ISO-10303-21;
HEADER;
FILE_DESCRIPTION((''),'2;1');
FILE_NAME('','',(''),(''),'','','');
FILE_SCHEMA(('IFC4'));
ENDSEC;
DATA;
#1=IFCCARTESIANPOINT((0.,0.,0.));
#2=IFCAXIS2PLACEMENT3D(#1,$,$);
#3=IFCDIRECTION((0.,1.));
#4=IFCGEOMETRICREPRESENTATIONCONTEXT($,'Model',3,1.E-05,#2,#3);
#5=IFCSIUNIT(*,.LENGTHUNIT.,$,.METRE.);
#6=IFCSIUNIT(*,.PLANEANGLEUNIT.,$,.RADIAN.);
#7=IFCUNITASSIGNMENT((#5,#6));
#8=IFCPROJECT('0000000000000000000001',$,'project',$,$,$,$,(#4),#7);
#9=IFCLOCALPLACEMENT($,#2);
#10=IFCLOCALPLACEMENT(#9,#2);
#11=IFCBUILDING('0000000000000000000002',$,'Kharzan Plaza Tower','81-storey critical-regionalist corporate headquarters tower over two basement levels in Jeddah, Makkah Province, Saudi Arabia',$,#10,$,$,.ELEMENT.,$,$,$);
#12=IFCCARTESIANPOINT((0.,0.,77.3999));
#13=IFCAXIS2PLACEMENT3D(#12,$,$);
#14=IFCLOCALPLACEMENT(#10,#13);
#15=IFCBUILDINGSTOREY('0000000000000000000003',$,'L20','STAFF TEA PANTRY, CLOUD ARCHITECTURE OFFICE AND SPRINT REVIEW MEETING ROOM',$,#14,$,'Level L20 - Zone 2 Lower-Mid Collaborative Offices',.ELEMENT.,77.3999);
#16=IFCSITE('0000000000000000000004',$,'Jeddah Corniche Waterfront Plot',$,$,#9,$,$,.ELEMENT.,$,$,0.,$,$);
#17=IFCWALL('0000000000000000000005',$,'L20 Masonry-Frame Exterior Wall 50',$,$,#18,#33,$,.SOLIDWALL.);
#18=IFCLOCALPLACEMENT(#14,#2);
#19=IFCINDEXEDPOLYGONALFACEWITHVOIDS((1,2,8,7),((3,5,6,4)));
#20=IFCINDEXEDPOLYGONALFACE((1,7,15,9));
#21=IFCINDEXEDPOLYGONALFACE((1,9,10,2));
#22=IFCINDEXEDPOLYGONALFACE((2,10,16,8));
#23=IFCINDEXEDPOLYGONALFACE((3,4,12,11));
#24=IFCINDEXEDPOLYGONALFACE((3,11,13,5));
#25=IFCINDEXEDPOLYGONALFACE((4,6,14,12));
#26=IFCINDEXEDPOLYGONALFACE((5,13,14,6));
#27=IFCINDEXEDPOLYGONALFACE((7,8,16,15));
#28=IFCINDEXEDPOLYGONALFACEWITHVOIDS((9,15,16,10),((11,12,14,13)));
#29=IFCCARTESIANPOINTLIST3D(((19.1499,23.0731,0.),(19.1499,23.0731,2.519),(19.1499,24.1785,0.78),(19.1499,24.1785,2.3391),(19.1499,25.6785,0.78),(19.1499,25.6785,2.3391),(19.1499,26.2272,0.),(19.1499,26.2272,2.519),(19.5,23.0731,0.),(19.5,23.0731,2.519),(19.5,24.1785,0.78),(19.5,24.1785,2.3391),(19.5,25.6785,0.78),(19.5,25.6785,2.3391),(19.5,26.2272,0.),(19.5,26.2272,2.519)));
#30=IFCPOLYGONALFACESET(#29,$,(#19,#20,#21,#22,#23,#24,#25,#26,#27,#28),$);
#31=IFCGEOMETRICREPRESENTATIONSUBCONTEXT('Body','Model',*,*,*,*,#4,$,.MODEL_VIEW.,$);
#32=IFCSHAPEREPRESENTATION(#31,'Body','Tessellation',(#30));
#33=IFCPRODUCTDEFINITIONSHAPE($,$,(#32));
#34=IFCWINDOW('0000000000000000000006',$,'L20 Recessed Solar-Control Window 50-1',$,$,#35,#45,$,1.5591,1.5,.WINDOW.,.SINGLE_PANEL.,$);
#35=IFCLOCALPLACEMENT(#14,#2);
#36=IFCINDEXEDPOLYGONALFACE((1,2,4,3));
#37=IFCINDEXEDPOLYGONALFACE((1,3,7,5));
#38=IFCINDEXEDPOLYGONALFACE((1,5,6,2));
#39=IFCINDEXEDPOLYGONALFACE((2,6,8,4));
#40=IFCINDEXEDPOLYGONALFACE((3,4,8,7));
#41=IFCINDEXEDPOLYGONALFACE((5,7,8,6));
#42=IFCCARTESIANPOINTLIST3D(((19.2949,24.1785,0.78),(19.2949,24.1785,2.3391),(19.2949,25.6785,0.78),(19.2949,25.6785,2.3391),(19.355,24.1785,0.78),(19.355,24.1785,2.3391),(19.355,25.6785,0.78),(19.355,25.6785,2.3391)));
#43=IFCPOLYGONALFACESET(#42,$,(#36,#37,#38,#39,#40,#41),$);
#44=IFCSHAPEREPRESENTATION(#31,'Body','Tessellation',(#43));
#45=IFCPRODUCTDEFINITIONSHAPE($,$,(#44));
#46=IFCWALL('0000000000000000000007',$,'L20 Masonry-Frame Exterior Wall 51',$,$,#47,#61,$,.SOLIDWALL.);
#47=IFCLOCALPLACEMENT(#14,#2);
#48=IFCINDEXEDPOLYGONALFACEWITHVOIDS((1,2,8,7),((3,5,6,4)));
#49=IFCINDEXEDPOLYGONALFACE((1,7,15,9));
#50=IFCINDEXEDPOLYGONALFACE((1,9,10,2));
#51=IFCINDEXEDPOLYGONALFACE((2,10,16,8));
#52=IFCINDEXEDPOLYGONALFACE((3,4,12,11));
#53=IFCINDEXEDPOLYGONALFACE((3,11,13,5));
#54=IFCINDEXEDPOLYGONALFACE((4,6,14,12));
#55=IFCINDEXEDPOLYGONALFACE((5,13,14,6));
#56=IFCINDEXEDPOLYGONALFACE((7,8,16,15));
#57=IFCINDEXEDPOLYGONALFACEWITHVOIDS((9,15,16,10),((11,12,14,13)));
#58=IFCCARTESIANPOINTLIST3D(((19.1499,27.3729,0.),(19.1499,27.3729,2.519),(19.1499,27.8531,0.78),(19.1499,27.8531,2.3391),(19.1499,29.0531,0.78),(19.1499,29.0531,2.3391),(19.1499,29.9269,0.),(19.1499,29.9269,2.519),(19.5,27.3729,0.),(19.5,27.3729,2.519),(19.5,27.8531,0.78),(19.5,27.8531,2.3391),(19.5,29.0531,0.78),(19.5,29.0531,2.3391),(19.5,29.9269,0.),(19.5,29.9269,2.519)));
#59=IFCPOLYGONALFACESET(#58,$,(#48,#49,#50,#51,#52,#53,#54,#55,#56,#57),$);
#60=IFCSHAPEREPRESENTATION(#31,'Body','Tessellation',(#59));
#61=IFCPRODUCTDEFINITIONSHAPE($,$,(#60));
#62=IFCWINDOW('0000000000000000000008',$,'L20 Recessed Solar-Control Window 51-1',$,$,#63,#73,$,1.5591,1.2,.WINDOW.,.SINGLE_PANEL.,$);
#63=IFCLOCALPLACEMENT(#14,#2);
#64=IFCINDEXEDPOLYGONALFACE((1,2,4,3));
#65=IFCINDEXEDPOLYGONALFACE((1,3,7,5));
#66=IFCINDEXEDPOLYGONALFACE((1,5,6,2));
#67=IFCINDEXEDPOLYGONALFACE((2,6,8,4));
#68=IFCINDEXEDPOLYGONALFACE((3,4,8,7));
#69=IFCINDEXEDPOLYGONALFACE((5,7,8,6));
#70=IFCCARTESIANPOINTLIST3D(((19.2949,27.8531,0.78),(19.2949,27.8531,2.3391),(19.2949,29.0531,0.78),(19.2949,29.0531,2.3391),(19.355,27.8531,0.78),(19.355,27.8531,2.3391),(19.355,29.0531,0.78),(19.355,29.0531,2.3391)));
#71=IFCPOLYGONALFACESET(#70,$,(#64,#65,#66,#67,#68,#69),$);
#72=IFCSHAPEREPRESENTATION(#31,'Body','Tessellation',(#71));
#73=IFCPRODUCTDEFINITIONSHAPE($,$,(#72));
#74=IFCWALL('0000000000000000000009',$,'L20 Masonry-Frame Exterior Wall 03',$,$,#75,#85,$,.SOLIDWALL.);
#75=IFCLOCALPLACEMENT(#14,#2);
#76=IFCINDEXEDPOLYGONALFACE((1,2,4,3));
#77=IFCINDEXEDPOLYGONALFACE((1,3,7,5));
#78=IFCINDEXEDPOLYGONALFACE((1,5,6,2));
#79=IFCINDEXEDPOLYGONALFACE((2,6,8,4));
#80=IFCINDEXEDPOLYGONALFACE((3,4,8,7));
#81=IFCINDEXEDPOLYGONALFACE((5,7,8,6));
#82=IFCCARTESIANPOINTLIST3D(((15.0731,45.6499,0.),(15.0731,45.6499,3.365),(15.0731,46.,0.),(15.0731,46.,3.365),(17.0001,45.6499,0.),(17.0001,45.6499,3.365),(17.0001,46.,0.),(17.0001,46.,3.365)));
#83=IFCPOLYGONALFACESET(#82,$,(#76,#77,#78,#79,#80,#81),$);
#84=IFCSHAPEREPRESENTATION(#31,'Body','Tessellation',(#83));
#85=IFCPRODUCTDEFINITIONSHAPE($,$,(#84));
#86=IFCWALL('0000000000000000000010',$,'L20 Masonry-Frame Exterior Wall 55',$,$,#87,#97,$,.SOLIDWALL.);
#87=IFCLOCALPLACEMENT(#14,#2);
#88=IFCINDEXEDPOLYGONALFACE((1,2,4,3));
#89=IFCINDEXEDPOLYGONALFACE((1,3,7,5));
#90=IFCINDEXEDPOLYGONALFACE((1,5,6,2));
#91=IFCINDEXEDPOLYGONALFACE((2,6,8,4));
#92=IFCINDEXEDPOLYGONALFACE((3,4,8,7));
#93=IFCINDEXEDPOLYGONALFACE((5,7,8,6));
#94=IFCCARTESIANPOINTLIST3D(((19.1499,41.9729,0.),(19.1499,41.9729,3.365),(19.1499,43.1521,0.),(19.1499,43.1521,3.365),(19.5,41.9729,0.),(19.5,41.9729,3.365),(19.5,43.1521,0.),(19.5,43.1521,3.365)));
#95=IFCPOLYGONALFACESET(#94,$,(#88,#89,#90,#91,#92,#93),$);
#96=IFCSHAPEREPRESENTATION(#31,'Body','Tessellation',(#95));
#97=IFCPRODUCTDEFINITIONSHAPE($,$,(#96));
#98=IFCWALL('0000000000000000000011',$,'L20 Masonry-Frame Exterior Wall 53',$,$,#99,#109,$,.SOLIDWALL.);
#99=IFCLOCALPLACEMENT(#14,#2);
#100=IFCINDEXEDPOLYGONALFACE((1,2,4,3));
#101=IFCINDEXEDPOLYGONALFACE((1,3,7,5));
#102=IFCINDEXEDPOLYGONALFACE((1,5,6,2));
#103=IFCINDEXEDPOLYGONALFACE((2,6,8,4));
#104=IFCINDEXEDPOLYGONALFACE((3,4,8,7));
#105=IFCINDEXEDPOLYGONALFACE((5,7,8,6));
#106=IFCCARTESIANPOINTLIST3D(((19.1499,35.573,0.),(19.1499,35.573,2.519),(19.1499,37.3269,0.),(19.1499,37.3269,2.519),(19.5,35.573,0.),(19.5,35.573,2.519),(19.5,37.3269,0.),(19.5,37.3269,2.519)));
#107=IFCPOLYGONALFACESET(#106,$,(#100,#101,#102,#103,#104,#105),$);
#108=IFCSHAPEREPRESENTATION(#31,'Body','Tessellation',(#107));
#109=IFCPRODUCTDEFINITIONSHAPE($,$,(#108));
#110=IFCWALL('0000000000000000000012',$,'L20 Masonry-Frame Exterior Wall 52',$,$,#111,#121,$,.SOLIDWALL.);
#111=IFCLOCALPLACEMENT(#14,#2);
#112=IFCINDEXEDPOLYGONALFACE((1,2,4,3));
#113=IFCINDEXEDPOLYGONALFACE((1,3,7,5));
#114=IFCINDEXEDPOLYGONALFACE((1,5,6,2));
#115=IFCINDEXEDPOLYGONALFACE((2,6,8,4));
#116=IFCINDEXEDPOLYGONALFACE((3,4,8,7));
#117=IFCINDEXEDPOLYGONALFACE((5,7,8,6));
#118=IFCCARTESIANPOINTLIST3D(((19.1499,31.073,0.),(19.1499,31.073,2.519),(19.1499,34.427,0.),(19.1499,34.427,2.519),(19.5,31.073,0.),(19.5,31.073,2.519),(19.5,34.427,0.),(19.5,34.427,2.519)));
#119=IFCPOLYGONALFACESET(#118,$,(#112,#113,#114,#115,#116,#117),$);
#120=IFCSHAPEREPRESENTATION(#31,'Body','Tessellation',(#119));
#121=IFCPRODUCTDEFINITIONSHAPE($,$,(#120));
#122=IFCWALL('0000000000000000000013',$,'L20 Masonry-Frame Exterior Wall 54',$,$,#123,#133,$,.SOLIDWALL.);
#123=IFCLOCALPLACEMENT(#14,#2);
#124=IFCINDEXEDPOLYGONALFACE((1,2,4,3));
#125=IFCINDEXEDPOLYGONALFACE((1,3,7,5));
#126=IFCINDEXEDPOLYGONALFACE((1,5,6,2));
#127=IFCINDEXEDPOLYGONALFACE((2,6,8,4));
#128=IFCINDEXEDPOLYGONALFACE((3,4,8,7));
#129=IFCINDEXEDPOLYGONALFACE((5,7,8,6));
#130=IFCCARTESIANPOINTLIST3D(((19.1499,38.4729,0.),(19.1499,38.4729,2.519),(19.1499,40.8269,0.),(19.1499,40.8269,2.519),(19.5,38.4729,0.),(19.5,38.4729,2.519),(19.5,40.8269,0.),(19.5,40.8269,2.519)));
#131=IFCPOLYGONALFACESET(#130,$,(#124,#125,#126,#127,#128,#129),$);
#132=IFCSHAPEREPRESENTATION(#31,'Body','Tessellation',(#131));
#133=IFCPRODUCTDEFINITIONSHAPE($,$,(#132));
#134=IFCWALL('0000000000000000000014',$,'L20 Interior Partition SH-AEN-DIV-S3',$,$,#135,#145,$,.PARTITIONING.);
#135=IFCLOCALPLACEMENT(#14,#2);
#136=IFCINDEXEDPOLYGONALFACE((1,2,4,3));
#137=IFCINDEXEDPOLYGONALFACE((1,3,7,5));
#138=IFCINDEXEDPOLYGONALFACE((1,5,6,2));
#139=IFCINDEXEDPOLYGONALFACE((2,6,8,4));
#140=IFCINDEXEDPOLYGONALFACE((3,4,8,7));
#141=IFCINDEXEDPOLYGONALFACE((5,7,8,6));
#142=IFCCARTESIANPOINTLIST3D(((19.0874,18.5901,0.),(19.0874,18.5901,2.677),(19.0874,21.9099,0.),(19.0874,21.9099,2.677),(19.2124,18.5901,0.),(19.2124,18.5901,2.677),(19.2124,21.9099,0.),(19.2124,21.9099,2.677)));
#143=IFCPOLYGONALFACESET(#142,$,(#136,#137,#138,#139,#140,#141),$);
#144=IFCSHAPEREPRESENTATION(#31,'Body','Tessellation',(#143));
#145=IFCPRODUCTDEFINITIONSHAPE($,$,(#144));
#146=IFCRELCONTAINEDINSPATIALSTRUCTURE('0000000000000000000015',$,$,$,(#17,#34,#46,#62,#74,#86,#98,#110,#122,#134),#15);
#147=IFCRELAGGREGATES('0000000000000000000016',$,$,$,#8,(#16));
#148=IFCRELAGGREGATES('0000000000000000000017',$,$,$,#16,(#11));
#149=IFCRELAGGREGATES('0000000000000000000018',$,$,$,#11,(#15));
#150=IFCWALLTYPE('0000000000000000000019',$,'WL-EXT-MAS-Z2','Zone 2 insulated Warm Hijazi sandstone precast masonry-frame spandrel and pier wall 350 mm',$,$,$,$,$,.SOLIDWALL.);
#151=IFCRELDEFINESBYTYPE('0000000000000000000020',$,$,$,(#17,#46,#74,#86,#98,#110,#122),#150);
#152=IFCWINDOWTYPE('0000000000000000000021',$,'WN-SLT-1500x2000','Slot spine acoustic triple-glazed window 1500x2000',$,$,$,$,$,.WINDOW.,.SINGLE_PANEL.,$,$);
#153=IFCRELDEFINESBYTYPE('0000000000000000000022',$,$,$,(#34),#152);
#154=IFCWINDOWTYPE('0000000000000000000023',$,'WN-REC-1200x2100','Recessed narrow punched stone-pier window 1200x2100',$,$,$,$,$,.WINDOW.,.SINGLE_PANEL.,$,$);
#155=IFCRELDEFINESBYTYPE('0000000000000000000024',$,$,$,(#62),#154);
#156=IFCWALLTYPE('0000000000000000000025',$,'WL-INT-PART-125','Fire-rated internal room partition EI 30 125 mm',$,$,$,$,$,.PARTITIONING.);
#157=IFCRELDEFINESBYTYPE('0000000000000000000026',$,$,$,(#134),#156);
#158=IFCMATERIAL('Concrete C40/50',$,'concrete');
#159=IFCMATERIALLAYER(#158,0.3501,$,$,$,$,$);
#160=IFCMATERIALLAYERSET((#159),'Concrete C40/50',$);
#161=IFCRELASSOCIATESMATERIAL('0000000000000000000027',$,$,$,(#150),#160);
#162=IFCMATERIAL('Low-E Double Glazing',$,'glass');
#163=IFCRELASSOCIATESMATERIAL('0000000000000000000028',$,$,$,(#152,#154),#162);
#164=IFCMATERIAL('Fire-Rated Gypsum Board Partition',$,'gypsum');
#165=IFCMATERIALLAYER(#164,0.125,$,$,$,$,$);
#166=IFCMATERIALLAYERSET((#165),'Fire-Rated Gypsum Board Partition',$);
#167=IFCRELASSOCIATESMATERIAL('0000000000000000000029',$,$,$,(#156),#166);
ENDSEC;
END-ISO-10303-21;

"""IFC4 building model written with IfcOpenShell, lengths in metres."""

from ifc_helpers import new_model, si_unit, direction, frame, frame_2d, origin, place, context, subcontext, project, spatial, rectangle, extrude, source, transform, mapped, material, layer, layer_set, type_object, element, fill, save


model = new_model("IFC4")

# Units and contexts
model_context = context("Model", 3, precision=1e-05, world=origin(), true_north=direction((0.0, 1.0)))
body_context = subcontext(model_context, "Body", "Model", "MODEL_VIEW")
ifc_project = project(units=[si_unit("LENGTHUNIT", "METRE"), si_unit("PLANEANGLEUNIT", "RADIAN")], contexts=[model_context])

# Site, building, storey
site_placement = place(None, origin())
site = spatial("IfcSite", under=ifc_project, at=site_placement, Name="Jeddah Corniche Waterfront Plot", CompositionType="ELEMENT", RefElevation=0.0)
building_placement = place(site_placement, origin())
building = spatial("IfcBuilding", under=site, at=building_placement, Name="Kharzan Plaza Tower", Description="81-storey critical-regionalist corporate headquarters tower over two basement levels in Jeddah, Makkah Province, Saudi Arabia", CompositionType="ELEMENT")
storey_placement = place(building_placement, frame((0.0, 0.0, 77.3999)))
storey = spatial("IfcBuildingStorey", under=building, at=storey_placement, Name="L20", Description="STAFF TEA PANTRY, CLOUD ARCHITECTURE OFFICE AND SPRINT REVIEW MEETING ROOM", LongName="Level L20 - Zone 2 Lower-Mid Collaborative Offices", CompositionType="ELEMENT", Elevation=77.3999)

# Shared definitions
ifc_material_1 = material(Name="Concrete C40/50", Category="concrete")
ifc_layer_1 = layer(ifc_material_1, 0.3501)
ifc_layer_set_1 = layer_set([ifc_layer_1], Name="Concrete C40/50")
wall_type_1 = type_object("IfcWallType", Name="WL-EXT-MAS-Z2", Description="Zone 2 insulated Warm Hijazi sandstone precast masonry-frame spandrel and pier wall 350 mm", PredefinedType="SOLIDWALL", material=ifc_layer_set_1)
ifc_material_2 = material(Name="Low-E Double Glazing", Category="glass")

# Shared definitions
window_type_1 = type_object("IfcWindowType", Name="WN-SLT-1500x2000", Description="Slot spine acoustic triple-glazed window 1500x2000", PartitioningType="SINGLE_PANEL", PredefinedType="WINDOW", material=ifc_material_2)

# Walls, openings, windows
wall_1_placement = place(storey_placement, frame((19.325, 23.073, 0.0), z_axis=(0.0, 0.0, 1.0), x_axis=(0.0, 1.0, 0.0)))
wall_1 = element("IfcWall", 1, at=wall_1_placement, inside=storey, type_object=wall_type_1, Name="L20 Masonry-Frame Exterior Wall 50", PredefinedType="SOLIDWALL", context=body_context, shape_type="SweptSolid", body=[
    extrude(rectangle(XDim=3.1541, YDim=0.3501, at=frame_2d((1.5771, 0.0))), origin(), (0.0, 0.0, 1.0), 2.519),
])
opening_1_placement = place(wall_1_placement, frame((1.1055, 0.0, 0.78)))
opening_1 = element("IfcOpeningElement", 2, at=opening_1_placement, cuts=wall_1, PredefinedType="OPENING", context=body_context, shape_type="SweptSolid", body=[
    extrude(rectangle(XDim=1.5, YDim=1.5591, at=frame_2d((0.75, 0.7795))), frame((0.0, 0.1851, 0.0), z_axis=(0.0, -1.0, 0.0), x_axis=(1.0, 0.0, 0.0)), (0.0, 0.0, 1.0), 0.3701),
])
shared_shape_1 = source(origin(), body_context, "Body", "SweptSolid", [
    extrude(rectangle(XDim=1.5, YDim=1.5591, at=frame_2d((0.75, 0.7795))), frame((0.0, 0.03, 0.0), z_axis=(0.0, -1.0, 0.0), x_axis=(1.0, 0.0, 0.0)), (0.0, 0.0, 1.0), 0.0601),
])
window_1_placement = place(opening_1_placement, origin())
window_1 = element("IfcWindow", 3, at=window_1_placement, inside=storey, type_object=window_type_1, Name="L20 Recessed Solar-Control Window 50-1", OverallHeight=1.5591, OverallWidth=1.5, PartitioningType="SINGLE_PANEL", PredefinedType="WINDOW", context=body_context, shape_type="MappedRepresentation", body=[
    mapped(shared_shape_1, transform((0.0, 0.0, 0.0), x_axis=(1.0, 0.0, 0.0), y_axis=(0.0, 1.0, 0.0), z_axis=(0.0, 0.0, 1.0))),
])
fill(opening_1, window_1)
wall_2_placement = place(storey_placement, frame((19.325, 27.373, 0.0), z_axis=(0.0, 0.0, 1.0), x_axis=(0.0, 1.0, 0.0)))
wall_2 = element("IfcWall", 4, at=wall_2_placement, inside=storey, type_object=wall_type_1, Name="L20 Masonry-Frame Exterior Wall 51", PredefinedType="SOLIDWALL", context=body_context, shape_type="SweptSolid", body=[
    extrude(rectangle(XDim=2.554, YDim=0.3501, at=frame_2d((1.2769, 0.0))), origin(), (0.0, 0.0, 1.0), 2.519),
])
opening_2_placement = place(wall_2_placement, frame((0.48, 0.0, 0.78)))
opening_2 = element("IfcOpeningElement", 5, at=opening_2_placement, cuts=wall_2, PredefinedType="OPENING", context=body_context, shape_type="SweptSolid", body=[
    extrude(rectangle(XDim=1.2, YDim=1.5591, at=frame_2d((0.6001, 0.7795))), frame((0.0, 0.1851, 0.0), z_axis=(0.0, -1.0, 0.0), x_axis=(1.0, 0.0, 0.0)), (0.0, 0.0, 1.0), 0.3701),
])
window_type_2 = type_object("IfcWindowType", Name="WN-REC-1200x2100", Description="Recessed narrow punched stone-pier window 1200x2100", PartitioningType="SINGLE_PANEL", PredefinedType="WINDOW", material=ifc_material_2)
shared_shape_2 = source(origin(), body_context, "Body", "SweptSolid", [
    extrude(rectangle(XDim=1.2, YDim=1.5591, at=frame_2d((0.6001, 0.7795))), frame((0.0, 0.03, 0.0), z_axis=(0.0, -1.0, 0.0), x_axis=(1.0, 0.0, 0.0)), (0.0, 0.0, 1.0), 0.0601),
])
window_2_placement = place(opening_2_placement, origin())
window_2 = element("IfcWindow", 6, at=window_2_placement, inside=storey, type_object=window_type_2, Name="L20 Recessed Solar-Control Window 51-1", OverallHeight=1.5591, OverallWidth=1.2, PartitioningType="SINGLE_PANEL", PredefinedType="WINDOW", context=body_context, shape_type="MappedRepresentation", body=[
    mapped(shared_shape_2, transform((0.0, 0.0, 0.0), x_axis=(1.0, 0.0, 0.0), y_axis=(0.0, 1.0, 0.0), z_axis=(0.0, 0.0, 1.0))),
])
fill(opening_2, window_2)

# Walls
shared_shape_3 = source(origin(), body_context, "Body", "SweptSolid", [
    extrude(rectangle(XDim=1.927, YDim=0.3501, at=frame_2d((0.9634, 0.0))), origin(), (0.0, 0.0, 1.0), 3.365),
])
wall_3_placement = place(storey_placement, frame((17.0, 45.825, 0.0), z_axis=(0.0, 0.0, 1.0), x_axis=(-1.0, 0.0, 0.0)))
element("IfcWall", 7, at=wall_3_placement, inside=storey, type_object=wall_type_1, Name="L20 Masonry-Frame Exterior Wall 03", PredefinedType="SOLIDWALL", context=body_context, shape_type="MappedRepresentation", body=[
    mapped(shared_shape_3, transform((0.0, 0.0, 0.0), x_axis=(1.0, 0.0, 0.0), y_axis=(0.0, 1.0, 0.0), z_axis=(0.0, 0.0, 1.0))),
])
shared_shape_4 = source(origin(), body_context, "Body", "SweptSolid", [
    extrude(rectangle(XDim=1.1792, YDim=0.3501, at=frame_2d((0.5896, 0.0))), origin(), (0.0, 0.0, 1.0), 3.365),
])
wall_4_placement = place(storey_placement, frame((19.325, 41.9729, 0.0), z_axis=(0.0, 0.0, 1.0), x_axis=(0.0, 1.0, 0.0)))
element("IfcWall", 8, at=wall_4_placement, inside=storey, type_object=wall_type_1, Name="L20 Masonry-Frame Exterior Wall 55", PredefinedType="SOLIDWALL", context=body_context, shape_type="MappedRepresentation", body=[
    mapped(shared_shape_4, transform((0.0, 0.0, 0.0), x_axis=(1.0, 0.0, 0.0), y_axis=(0.0, 1.0, 0.0), z_axis=(0.0, 0.0, 1.0))),
])
shared_shape_5 = source(origin(), body_context, "Body", "SweptSolid", [
    extrude(rectangle(XDim=1.7539, YDim=0.3501, at=frame_2d((0.877, 0.0))), origin(), (0.0, 0.0, 1.0), 2.519),
])
wall_5_placement = place(storey_placement, frame((19.325, 35.573, 0.0), z_axis=(0.0, 0.0, 1.0), x_axis=(0.0, 1.0, 0.0)))
element("IfcWall", 9, at=wall_5_placement, inside=storey, type_object=wall_type_1, Name="L20 Masonry-Frame Exterior Wall 53", PredefinedType="SOLIDWALL", context=body_context, shape_type="MappedRepresentation", body=[
    mapped(shared_shape_5, transform((0.0, 0.0, 0.0), x_axis=(1.0, 0.0, 0.0), y_axis=(0.0, 1.0, 0.0), z_axis=(0.0, 0.0, 1.0))),
])
shared_shape_6 = source(origin(), body_context, "Body", "SweptSolid", [
    extrude(rectangle(XDim=3.354, YDim=0.3501, at=frame_2d((1.677, 0.0))), origin(), (0.0, 0.0, 1.0), 2.519),
])
wall_6_placement = place(storey_placement, frame((19.325, 31.073, 0.0), z_axis=(0.0, 0.0, 1.0), x_axis=(0.0, 1.0, 0.0)))
element("IfcWall", 10, at=wall_6_placement, inside=storey, type_object=wall_type_1, Name="L20 Masonry-Frame Exterior Wall 52", PredefinedType="SOLIDWALL", context=body_context, shape_type="MappedRepresentation", body=[
    mapped(shared_shape_6, transform((0.0, 0.0, 0.0), x_axis=(1.0, 0.0, 0.0), y_axis=(0.0, 1.0, 0.0), z_axis=(0.0, 0.0, 1.0))),
])
shared_shape_7 = source(origin(), body_context, "Body", "SweptSolid", [
    extrude(rectangle(XDim=2.354, YDim=0.3501, at=frame_2d((1.177, 0.0))), origin(), (0.0, 0.0, 1.0), 2.519),
])
wall_7_placement = place(storey_placement, frame((19.325, 38.4729, 0.0), z_axis=(0.0, 0.0, 1.0), x_axis=(0.0, 1.0, 0.0)))
element("IfcWall", 11, at=wall_7_placement, inside=storey, type_object=wall_type_1, Name="L20 Masonry-Frame Exterior Wall 54", PredefinedType="SOLIDWALL", context=body_context, shape_type="MappedRepresentation", body=[
    mapped(shared_shape_7, transform((0.0, 0.0, 0.0), x_axis=(1.0, 0.0, 0.0), y_axis=(0.0, 1.0, 0.0), z_axis=(0.0, 0.0, 1.0))),
])
ifc_material_3 = material(Name="Fire-Rated Gypsum Board Partition", Category="gypsum")
ifc_layer_2 = layer(ifc_material_3, 0.125)
ifc_layer_set_2 = layer_set([ifc_layer_2], Name="Fire-Rated Gypsum Board Partition")
wall_type_2 = type_object("IfcWallType", Name="WL-INT-PART-125", Description="Fire-rated internal room partition EI 30 125 mm", PredefinedType="PARTITIONING", material=ifc_layer_set_2)
shared_shape_8 = source(origin(), body_context, "Body", "SweptSolid", [
    extrude(rectangle(XDim=3.3198, YDim=0.125, at=frame_2d((1.6599, 0.0))), origin(), (0.0, 0.0, 1.0), 2.677),
])
wall_8_placement = place(storey_placement, frame((19.1499, 18.5901, 0.0), z_axis=(0.0, 0.0, 1.0), x_axis=(0.0, 1.0, 0.0)))
element("IfcWall", 12, at=wall_8_placement, inside=storey, type_object=wall_type_2, Name="L20 Interior Partition SH-AEN-DIV-S3", PredefinedType="PARTITIONING", context=body_context, shape_type="MappedRepresentation", body=[
    mapped(shared_shape_8, transform((0.0, 0.0, 0.0), x_axis=(1.0, 0.0, 0.0), y_axis=(0.0, 1.0, 0.0), z_axis=(0.0, 0.0, 1.0))),
])

save(model, "model.ifc")
